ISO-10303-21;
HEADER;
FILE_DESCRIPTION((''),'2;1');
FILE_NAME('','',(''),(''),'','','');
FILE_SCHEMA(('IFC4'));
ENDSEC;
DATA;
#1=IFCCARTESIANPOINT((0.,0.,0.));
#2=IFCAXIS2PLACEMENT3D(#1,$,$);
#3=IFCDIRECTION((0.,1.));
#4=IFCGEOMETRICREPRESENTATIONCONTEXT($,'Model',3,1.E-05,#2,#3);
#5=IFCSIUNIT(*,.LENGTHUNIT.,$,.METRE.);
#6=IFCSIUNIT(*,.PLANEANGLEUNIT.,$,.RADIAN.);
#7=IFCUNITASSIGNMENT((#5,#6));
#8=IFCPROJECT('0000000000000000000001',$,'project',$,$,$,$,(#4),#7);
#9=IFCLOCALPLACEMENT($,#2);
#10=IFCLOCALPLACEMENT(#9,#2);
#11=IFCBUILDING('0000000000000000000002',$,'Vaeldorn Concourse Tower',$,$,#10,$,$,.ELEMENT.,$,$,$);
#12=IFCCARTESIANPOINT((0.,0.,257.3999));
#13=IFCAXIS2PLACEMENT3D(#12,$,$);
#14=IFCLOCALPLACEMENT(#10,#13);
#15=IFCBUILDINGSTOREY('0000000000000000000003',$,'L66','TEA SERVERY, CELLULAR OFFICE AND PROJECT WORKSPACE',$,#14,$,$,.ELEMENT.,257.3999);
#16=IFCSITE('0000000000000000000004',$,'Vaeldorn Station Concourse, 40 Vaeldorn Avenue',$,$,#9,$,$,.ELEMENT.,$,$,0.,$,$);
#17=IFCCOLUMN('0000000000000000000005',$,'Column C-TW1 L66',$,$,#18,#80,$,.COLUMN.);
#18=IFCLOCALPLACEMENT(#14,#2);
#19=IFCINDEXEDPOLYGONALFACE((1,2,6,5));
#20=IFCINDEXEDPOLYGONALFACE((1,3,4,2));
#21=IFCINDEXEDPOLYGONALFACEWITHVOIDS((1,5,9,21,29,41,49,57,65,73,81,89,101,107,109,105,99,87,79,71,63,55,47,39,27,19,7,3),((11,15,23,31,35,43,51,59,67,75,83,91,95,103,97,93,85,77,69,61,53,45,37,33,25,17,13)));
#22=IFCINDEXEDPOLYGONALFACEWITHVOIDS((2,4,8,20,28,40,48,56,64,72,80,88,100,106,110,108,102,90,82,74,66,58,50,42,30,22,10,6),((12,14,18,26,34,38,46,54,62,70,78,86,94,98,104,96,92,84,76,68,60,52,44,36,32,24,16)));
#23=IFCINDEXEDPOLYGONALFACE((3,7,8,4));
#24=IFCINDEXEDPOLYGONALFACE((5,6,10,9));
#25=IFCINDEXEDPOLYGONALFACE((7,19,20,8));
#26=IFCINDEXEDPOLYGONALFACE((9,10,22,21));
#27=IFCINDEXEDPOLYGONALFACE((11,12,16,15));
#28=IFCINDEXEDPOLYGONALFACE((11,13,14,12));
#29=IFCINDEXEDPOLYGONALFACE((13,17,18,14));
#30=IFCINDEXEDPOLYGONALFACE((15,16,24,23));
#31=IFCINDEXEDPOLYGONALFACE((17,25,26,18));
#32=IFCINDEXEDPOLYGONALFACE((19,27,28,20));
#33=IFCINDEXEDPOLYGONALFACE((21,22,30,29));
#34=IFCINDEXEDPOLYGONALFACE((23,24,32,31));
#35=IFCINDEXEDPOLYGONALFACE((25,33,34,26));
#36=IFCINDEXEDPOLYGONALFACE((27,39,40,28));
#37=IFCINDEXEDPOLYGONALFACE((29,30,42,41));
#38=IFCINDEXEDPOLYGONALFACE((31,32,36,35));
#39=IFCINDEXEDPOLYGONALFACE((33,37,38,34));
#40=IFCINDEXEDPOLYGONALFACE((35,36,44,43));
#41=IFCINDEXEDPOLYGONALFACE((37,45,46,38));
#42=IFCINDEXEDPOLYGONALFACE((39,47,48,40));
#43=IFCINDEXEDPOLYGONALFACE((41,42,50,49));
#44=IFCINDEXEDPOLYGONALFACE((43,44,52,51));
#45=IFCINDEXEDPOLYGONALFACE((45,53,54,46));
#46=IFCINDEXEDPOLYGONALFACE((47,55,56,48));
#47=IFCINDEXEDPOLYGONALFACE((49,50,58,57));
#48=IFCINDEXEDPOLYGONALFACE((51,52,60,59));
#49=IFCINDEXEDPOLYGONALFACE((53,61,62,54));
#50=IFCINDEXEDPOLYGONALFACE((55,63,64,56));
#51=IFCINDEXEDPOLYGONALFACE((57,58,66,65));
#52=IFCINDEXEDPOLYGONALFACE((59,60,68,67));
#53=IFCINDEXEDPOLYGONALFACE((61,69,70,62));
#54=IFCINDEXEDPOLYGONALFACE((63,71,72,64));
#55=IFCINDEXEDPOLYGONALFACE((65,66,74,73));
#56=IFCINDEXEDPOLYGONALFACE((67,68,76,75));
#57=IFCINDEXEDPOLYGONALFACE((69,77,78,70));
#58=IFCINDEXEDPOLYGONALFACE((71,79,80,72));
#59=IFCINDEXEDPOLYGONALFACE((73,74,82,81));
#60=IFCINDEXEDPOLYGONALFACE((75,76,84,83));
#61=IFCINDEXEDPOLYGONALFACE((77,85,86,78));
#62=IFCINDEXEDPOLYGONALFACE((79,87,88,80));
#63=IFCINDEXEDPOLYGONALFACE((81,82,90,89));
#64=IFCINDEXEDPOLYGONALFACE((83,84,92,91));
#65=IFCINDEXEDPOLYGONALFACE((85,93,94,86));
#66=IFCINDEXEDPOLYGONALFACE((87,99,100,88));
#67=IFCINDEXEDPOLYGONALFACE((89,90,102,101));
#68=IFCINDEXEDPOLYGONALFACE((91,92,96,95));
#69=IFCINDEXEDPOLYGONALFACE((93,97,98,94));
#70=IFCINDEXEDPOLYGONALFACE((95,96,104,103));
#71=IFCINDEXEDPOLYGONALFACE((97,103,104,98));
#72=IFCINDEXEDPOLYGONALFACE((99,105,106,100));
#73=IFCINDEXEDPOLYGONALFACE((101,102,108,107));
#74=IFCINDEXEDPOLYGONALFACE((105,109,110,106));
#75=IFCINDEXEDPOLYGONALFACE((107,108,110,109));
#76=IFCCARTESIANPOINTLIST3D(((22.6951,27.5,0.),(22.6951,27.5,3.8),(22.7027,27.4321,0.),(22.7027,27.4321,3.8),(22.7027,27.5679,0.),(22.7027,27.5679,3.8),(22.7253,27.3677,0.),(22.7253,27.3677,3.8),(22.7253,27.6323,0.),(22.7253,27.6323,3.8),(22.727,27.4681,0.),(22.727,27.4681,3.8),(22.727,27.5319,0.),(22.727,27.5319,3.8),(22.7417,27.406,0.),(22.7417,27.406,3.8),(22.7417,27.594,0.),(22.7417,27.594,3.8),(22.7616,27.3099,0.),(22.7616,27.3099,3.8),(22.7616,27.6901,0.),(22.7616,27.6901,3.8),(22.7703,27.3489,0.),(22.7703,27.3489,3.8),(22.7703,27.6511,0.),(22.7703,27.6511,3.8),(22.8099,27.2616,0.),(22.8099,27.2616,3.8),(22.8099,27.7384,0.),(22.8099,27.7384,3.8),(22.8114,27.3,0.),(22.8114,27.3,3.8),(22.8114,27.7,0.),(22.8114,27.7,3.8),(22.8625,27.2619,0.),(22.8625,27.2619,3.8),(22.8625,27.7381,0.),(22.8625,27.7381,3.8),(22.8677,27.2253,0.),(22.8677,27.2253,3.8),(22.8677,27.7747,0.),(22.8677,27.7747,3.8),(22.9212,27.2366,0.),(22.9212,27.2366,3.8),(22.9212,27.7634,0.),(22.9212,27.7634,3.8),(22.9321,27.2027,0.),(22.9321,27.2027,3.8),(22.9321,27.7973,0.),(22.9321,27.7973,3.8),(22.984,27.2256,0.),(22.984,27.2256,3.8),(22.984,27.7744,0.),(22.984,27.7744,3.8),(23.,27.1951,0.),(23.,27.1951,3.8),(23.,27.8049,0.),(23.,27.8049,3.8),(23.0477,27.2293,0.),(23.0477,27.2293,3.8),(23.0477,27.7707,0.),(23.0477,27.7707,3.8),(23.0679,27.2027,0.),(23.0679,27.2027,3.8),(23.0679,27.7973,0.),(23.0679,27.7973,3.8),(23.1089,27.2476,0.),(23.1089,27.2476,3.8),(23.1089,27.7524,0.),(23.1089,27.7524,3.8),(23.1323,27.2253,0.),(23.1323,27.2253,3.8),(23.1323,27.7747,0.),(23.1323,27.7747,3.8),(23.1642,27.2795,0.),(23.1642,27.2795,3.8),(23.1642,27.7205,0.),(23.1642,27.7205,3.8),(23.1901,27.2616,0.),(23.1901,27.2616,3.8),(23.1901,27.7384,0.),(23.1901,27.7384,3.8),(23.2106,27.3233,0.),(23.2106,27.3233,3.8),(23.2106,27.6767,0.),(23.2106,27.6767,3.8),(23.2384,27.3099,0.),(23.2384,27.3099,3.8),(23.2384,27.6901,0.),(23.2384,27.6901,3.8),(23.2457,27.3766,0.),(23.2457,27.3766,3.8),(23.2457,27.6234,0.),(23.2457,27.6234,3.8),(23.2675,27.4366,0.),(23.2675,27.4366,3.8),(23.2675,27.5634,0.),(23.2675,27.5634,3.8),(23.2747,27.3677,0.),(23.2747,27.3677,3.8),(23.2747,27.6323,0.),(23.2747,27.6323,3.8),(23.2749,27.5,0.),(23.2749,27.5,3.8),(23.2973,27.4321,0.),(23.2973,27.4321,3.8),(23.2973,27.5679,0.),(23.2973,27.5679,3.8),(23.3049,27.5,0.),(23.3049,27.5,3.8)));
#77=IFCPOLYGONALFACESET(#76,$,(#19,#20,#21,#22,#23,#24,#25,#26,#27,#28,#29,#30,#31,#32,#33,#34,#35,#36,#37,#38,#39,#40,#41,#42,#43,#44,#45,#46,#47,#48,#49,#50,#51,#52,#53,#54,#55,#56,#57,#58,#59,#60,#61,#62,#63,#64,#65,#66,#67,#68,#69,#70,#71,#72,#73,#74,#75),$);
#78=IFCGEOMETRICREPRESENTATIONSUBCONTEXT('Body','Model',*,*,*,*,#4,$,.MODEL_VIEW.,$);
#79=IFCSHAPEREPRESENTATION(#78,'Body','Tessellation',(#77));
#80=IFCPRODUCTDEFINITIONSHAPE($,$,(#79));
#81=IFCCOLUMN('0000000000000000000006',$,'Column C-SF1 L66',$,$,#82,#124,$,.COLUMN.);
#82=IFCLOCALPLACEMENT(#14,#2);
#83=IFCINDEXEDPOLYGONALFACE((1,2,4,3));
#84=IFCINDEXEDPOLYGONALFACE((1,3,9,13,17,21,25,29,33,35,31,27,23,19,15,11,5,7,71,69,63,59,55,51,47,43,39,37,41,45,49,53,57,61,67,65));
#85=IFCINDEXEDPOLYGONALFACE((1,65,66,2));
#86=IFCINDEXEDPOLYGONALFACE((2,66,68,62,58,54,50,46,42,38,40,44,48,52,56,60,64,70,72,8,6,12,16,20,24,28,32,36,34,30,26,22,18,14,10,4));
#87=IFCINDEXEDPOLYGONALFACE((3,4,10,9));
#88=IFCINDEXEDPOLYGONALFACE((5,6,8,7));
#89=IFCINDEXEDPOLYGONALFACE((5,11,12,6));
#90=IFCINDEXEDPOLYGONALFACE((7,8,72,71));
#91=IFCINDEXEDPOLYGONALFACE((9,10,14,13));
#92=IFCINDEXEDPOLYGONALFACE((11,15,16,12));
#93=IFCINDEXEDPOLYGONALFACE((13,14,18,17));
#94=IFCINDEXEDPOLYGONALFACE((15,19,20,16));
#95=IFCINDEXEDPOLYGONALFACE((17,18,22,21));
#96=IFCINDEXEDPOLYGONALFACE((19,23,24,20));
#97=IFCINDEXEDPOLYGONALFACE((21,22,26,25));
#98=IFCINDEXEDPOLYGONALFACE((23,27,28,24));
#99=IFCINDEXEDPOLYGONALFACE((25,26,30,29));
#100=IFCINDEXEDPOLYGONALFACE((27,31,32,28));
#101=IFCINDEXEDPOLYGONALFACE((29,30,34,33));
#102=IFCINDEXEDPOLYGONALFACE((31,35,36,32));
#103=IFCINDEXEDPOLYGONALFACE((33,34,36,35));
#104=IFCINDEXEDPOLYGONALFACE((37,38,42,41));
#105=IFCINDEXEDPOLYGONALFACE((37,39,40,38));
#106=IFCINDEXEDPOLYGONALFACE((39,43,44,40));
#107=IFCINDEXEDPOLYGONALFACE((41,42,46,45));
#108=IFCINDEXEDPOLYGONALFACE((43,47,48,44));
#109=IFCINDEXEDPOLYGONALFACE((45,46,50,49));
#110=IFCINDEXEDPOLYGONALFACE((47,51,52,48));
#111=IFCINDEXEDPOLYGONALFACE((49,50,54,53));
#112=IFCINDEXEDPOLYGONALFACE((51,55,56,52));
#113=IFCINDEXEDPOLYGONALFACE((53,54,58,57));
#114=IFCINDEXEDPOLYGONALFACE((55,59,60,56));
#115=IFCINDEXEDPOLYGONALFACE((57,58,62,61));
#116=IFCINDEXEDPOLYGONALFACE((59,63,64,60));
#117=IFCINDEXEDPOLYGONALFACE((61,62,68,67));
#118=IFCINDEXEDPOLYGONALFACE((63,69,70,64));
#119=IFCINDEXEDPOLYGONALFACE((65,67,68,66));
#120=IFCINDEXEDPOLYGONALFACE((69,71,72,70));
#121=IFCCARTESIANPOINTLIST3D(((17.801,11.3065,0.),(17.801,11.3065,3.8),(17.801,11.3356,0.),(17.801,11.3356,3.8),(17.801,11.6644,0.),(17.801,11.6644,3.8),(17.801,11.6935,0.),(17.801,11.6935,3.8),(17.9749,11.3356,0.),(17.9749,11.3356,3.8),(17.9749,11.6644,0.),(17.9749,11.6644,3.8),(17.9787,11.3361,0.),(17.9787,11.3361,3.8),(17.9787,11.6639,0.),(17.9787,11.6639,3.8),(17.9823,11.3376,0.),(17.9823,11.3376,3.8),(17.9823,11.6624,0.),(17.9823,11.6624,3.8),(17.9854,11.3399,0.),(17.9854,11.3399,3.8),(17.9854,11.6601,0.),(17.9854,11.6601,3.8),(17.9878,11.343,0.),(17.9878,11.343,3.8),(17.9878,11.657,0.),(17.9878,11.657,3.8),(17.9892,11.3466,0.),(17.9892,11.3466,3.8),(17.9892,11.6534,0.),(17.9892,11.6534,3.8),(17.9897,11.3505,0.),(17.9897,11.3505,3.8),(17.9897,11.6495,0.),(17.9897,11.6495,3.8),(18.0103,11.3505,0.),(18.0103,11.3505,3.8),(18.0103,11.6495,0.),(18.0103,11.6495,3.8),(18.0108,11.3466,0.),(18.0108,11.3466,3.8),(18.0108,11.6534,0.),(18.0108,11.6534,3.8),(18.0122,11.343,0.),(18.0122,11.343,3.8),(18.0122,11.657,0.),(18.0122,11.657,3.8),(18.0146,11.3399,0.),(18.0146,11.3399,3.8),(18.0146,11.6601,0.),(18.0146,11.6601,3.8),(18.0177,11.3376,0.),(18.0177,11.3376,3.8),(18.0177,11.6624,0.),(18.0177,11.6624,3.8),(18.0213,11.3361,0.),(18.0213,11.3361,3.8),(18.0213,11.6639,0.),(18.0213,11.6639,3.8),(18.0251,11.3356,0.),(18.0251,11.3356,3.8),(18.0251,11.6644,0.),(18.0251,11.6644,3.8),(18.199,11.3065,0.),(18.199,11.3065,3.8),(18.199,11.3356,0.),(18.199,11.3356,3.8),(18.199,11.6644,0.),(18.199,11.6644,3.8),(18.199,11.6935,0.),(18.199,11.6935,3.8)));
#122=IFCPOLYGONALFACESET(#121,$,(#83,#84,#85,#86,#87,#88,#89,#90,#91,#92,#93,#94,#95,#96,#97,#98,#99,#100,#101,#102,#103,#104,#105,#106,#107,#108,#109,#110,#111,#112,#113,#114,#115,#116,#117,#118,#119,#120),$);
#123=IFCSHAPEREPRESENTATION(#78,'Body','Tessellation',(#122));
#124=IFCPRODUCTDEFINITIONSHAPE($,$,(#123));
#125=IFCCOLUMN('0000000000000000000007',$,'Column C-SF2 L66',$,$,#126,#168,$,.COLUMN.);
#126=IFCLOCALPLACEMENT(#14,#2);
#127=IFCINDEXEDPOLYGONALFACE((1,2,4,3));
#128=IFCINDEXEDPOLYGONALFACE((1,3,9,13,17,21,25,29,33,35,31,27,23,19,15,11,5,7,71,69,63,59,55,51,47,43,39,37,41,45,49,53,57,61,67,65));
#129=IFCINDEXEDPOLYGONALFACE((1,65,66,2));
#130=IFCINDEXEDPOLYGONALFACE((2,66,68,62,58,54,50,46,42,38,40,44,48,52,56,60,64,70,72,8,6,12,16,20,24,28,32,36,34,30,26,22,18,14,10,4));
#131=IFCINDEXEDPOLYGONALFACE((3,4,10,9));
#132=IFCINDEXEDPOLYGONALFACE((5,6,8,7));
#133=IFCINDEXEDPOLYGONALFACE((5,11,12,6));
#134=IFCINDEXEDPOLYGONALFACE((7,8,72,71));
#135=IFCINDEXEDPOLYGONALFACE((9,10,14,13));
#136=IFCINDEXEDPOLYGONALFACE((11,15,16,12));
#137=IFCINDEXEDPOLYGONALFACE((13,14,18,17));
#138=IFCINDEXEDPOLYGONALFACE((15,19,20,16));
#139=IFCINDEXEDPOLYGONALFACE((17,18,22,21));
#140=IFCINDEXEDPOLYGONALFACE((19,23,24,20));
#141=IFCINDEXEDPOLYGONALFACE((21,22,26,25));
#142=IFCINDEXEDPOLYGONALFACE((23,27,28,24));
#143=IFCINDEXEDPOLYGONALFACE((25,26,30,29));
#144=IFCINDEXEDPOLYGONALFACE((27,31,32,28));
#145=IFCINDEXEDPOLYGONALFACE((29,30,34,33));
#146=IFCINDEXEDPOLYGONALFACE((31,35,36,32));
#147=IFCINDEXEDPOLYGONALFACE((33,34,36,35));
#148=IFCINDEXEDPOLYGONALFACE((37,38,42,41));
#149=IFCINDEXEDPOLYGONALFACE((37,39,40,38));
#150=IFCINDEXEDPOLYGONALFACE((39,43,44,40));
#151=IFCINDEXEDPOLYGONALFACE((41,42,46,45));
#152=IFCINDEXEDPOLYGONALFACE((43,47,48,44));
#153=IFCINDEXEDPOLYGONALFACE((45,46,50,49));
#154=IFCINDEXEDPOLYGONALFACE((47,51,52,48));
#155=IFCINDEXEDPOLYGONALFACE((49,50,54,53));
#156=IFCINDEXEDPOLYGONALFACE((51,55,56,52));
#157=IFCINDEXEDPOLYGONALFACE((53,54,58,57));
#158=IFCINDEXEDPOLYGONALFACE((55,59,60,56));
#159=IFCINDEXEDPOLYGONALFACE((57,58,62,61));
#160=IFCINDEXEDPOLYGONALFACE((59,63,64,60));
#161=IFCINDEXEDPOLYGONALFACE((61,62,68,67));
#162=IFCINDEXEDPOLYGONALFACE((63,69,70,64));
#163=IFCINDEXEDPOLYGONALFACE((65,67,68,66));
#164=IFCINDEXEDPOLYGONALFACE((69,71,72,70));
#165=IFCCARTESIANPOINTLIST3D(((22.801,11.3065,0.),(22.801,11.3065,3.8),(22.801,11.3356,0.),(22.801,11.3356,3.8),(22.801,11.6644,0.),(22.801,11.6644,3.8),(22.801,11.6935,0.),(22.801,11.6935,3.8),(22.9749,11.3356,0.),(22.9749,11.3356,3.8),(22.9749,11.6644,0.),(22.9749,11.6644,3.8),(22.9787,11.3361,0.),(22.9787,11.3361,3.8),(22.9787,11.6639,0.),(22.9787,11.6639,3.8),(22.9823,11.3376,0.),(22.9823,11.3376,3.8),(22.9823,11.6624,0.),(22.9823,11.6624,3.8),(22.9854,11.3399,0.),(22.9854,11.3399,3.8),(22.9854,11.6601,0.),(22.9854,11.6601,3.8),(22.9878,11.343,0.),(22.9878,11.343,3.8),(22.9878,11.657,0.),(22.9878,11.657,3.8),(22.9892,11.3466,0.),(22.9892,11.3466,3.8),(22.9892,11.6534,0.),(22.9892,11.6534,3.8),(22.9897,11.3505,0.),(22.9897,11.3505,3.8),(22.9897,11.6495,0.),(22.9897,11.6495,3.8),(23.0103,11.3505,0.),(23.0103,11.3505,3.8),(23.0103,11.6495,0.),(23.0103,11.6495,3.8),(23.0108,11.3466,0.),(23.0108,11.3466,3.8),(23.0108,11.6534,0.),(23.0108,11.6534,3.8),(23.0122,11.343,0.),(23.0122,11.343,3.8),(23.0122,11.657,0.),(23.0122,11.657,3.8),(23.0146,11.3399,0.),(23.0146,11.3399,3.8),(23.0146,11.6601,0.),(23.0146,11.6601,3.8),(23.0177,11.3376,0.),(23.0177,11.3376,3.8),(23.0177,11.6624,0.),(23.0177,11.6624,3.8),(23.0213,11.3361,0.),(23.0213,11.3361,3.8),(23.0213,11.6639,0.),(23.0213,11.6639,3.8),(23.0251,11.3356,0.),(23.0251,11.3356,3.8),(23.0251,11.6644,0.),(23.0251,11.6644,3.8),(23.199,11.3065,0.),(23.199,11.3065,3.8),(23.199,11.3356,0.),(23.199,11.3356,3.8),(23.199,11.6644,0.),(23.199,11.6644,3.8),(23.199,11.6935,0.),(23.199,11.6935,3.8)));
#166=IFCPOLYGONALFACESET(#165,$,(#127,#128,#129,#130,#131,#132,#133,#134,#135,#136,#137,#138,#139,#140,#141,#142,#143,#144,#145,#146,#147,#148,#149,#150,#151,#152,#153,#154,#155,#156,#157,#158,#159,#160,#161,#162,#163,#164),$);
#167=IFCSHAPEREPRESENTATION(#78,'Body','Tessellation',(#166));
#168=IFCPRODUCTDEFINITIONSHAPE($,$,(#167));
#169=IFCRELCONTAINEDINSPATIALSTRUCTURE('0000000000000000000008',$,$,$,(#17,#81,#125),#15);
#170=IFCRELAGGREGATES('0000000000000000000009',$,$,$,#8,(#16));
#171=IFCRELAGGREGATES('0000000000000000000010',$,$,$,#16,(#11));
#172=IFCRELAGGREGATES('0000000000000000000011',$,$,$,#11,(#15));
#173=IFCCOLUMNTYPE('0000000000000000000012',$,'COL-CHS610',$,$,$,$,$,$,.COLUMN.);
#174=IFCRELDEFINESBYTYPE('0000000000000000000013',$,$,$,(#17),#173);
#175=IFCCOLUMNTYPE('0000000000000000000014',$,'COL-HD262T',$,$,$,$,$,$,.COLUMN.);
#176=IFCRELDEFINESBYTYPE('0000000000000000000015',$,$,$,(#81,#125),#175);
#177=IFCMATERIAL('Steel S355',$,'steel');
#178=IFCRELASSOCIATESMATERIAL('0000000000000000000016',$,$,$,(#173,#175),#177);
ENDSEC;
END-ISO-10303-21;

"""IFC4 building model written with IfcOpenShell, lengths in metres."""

from ifc_helpers import new_model, si_unit, direction, frame, origin, origin_2d, place, context, subcontext, project, spatial, hollow_circle, i_section, extrude, source, transform, mapped, material, material_profile, profile_set, type_object, element, save


model = new_model("IFC4")

# Units and contexts
model_context = context("Model", 3, precision=1e-05, world=origin(), true_north=direction((0.0, 1.0)))
body_context = subcontext(model_context, "Body", "Model", "MODEL_VIEW")
ifc_project = project(units=[si_unit("LENGTHUNIT", "METRE"), si_unit("PLANEANGLEUNIT", "RADIAN")], contexts=[model_context])

# Site, building, storey
site_placement = place(None, origin())
site = spatial("IfcSite", under=ifc_project, at=site_placement, Name="Vaeldorn Station Concourse, 40 Vaeldorn Avenue", CompositionType="ELEMENT", RefElevation=0.0)
building_placement = place(site_placement, origin())
building = spatial("IfcBuilding", under=site, at=building_placement, Name="Vaeldorn Concourse Tower", CompositionType="ELEMENT")
storey_placement = place(building_placement, frame((0.0, 0.0, 257.3999)))
storey = spatial("IfcBuildingStorey", under=building, at=storey_placement, Name="L66", Description="TEA SERVERY, CELLULAR OFFICE AND PROJECT WORKSPACE", CompositionType="ELEMENT", Elevation=257.3999)

# Columns
ifc_material_1 = material(Name="Steel S355", Category="steel")
ifc_material_profile_1 = material_profile(ifc_material_1, hollow_circle(Radius=0.3049, WallThickness=0.03, at=origin_2d()), Name="CHS 610x30")
ifc_profile_set_1 = profile_set([ifc_material_profile_1], Name="Steel S355")
column_type_1 = type_object("IfcColumnType", Name="COL-CHS610", PredefinedType="COLUMN", material=ifc_profile_set_1)
shared_shape_1 = source(origin(), body_context, "Body", "SweptSolid", [
    extrude(hollow_circle(Radius=0.3049, WallThickness=0.03, at=origin_2d()), origin(), (0.0, 0.0, 1.0), 3.8),
])
column_placement = place(storey_placement, frame((23.0, 27.5, 0.0), z_axis=(0.0, 0.0, 1.0), x_axis=(1.0, 0.0, 0.0)))
element("IfcColumn", 1, at=column_placement, inside=storey, type_object=column_type_1, Name="Column C-TW1 L66", PredefinedType="COLUMN", context=body_context, shape_type="MappedRepresentation", body=[
    mapped(shared_shape_1, transform((0.0, 0.0, 0.0), scale=1.0)),
])
ifc_material_profile_2 = material_profile(ifc_material_1, i_section(OverallWidth=0.3979, OverallDepth=0.387, WebThickness=0.0205, FlangeThickness=0.0291, FilletRadius=0.0149, at=origin_2d()), Name="HD 400x262")
ifc_profile_set_2 = profile_set([ifc_material_profile_2], Name="Steel S355")
column_type_2 = type_object("IfcColumnType", Name="COL-HD262T", PredefinedType="COLUMN", material=ifc_profile_set_2)
shared_shape_2 = source(origin(), body_context, "Body", "SweptSolid", [
    extrude(i_section(OverallWidth=0.3979, OverallDepth=0.387, WebThickness=0.0205, FlangeThickness=0.0291, FilletRadius=0.0149, at=origin_2d()), origin(), (0.0, 0.0, 1.0), 3.8),
])
for number, where, z_axis, x_axis, name in (
    (2, (18.0, 11.5, 0.0), (0.0, 0.0, 1.0), (1.0, 0.0, 0.0), "Column C-SF1 L66"),
    (3, (23.0, 11.5, 0.0), (0.0, 0.0, 1.0), (1.0, 0.0, 0.0), "Column C-SF2 L66"),
):
    element("IfcColumn", number, at=place(storey_placement, frame(where, z_axis=z_axis, x_axis=x_axis)), inside=storey, type_object=column_type_2, Name=name, PredefinedType="COLUMN", context=body_context, shape_type="MappedRepresentation", body=[
        mapped(shared_shape_2, transform((0.0, 0.0, 0.0), scale=1.0)),
    ])

save(model, "model.ifc")
